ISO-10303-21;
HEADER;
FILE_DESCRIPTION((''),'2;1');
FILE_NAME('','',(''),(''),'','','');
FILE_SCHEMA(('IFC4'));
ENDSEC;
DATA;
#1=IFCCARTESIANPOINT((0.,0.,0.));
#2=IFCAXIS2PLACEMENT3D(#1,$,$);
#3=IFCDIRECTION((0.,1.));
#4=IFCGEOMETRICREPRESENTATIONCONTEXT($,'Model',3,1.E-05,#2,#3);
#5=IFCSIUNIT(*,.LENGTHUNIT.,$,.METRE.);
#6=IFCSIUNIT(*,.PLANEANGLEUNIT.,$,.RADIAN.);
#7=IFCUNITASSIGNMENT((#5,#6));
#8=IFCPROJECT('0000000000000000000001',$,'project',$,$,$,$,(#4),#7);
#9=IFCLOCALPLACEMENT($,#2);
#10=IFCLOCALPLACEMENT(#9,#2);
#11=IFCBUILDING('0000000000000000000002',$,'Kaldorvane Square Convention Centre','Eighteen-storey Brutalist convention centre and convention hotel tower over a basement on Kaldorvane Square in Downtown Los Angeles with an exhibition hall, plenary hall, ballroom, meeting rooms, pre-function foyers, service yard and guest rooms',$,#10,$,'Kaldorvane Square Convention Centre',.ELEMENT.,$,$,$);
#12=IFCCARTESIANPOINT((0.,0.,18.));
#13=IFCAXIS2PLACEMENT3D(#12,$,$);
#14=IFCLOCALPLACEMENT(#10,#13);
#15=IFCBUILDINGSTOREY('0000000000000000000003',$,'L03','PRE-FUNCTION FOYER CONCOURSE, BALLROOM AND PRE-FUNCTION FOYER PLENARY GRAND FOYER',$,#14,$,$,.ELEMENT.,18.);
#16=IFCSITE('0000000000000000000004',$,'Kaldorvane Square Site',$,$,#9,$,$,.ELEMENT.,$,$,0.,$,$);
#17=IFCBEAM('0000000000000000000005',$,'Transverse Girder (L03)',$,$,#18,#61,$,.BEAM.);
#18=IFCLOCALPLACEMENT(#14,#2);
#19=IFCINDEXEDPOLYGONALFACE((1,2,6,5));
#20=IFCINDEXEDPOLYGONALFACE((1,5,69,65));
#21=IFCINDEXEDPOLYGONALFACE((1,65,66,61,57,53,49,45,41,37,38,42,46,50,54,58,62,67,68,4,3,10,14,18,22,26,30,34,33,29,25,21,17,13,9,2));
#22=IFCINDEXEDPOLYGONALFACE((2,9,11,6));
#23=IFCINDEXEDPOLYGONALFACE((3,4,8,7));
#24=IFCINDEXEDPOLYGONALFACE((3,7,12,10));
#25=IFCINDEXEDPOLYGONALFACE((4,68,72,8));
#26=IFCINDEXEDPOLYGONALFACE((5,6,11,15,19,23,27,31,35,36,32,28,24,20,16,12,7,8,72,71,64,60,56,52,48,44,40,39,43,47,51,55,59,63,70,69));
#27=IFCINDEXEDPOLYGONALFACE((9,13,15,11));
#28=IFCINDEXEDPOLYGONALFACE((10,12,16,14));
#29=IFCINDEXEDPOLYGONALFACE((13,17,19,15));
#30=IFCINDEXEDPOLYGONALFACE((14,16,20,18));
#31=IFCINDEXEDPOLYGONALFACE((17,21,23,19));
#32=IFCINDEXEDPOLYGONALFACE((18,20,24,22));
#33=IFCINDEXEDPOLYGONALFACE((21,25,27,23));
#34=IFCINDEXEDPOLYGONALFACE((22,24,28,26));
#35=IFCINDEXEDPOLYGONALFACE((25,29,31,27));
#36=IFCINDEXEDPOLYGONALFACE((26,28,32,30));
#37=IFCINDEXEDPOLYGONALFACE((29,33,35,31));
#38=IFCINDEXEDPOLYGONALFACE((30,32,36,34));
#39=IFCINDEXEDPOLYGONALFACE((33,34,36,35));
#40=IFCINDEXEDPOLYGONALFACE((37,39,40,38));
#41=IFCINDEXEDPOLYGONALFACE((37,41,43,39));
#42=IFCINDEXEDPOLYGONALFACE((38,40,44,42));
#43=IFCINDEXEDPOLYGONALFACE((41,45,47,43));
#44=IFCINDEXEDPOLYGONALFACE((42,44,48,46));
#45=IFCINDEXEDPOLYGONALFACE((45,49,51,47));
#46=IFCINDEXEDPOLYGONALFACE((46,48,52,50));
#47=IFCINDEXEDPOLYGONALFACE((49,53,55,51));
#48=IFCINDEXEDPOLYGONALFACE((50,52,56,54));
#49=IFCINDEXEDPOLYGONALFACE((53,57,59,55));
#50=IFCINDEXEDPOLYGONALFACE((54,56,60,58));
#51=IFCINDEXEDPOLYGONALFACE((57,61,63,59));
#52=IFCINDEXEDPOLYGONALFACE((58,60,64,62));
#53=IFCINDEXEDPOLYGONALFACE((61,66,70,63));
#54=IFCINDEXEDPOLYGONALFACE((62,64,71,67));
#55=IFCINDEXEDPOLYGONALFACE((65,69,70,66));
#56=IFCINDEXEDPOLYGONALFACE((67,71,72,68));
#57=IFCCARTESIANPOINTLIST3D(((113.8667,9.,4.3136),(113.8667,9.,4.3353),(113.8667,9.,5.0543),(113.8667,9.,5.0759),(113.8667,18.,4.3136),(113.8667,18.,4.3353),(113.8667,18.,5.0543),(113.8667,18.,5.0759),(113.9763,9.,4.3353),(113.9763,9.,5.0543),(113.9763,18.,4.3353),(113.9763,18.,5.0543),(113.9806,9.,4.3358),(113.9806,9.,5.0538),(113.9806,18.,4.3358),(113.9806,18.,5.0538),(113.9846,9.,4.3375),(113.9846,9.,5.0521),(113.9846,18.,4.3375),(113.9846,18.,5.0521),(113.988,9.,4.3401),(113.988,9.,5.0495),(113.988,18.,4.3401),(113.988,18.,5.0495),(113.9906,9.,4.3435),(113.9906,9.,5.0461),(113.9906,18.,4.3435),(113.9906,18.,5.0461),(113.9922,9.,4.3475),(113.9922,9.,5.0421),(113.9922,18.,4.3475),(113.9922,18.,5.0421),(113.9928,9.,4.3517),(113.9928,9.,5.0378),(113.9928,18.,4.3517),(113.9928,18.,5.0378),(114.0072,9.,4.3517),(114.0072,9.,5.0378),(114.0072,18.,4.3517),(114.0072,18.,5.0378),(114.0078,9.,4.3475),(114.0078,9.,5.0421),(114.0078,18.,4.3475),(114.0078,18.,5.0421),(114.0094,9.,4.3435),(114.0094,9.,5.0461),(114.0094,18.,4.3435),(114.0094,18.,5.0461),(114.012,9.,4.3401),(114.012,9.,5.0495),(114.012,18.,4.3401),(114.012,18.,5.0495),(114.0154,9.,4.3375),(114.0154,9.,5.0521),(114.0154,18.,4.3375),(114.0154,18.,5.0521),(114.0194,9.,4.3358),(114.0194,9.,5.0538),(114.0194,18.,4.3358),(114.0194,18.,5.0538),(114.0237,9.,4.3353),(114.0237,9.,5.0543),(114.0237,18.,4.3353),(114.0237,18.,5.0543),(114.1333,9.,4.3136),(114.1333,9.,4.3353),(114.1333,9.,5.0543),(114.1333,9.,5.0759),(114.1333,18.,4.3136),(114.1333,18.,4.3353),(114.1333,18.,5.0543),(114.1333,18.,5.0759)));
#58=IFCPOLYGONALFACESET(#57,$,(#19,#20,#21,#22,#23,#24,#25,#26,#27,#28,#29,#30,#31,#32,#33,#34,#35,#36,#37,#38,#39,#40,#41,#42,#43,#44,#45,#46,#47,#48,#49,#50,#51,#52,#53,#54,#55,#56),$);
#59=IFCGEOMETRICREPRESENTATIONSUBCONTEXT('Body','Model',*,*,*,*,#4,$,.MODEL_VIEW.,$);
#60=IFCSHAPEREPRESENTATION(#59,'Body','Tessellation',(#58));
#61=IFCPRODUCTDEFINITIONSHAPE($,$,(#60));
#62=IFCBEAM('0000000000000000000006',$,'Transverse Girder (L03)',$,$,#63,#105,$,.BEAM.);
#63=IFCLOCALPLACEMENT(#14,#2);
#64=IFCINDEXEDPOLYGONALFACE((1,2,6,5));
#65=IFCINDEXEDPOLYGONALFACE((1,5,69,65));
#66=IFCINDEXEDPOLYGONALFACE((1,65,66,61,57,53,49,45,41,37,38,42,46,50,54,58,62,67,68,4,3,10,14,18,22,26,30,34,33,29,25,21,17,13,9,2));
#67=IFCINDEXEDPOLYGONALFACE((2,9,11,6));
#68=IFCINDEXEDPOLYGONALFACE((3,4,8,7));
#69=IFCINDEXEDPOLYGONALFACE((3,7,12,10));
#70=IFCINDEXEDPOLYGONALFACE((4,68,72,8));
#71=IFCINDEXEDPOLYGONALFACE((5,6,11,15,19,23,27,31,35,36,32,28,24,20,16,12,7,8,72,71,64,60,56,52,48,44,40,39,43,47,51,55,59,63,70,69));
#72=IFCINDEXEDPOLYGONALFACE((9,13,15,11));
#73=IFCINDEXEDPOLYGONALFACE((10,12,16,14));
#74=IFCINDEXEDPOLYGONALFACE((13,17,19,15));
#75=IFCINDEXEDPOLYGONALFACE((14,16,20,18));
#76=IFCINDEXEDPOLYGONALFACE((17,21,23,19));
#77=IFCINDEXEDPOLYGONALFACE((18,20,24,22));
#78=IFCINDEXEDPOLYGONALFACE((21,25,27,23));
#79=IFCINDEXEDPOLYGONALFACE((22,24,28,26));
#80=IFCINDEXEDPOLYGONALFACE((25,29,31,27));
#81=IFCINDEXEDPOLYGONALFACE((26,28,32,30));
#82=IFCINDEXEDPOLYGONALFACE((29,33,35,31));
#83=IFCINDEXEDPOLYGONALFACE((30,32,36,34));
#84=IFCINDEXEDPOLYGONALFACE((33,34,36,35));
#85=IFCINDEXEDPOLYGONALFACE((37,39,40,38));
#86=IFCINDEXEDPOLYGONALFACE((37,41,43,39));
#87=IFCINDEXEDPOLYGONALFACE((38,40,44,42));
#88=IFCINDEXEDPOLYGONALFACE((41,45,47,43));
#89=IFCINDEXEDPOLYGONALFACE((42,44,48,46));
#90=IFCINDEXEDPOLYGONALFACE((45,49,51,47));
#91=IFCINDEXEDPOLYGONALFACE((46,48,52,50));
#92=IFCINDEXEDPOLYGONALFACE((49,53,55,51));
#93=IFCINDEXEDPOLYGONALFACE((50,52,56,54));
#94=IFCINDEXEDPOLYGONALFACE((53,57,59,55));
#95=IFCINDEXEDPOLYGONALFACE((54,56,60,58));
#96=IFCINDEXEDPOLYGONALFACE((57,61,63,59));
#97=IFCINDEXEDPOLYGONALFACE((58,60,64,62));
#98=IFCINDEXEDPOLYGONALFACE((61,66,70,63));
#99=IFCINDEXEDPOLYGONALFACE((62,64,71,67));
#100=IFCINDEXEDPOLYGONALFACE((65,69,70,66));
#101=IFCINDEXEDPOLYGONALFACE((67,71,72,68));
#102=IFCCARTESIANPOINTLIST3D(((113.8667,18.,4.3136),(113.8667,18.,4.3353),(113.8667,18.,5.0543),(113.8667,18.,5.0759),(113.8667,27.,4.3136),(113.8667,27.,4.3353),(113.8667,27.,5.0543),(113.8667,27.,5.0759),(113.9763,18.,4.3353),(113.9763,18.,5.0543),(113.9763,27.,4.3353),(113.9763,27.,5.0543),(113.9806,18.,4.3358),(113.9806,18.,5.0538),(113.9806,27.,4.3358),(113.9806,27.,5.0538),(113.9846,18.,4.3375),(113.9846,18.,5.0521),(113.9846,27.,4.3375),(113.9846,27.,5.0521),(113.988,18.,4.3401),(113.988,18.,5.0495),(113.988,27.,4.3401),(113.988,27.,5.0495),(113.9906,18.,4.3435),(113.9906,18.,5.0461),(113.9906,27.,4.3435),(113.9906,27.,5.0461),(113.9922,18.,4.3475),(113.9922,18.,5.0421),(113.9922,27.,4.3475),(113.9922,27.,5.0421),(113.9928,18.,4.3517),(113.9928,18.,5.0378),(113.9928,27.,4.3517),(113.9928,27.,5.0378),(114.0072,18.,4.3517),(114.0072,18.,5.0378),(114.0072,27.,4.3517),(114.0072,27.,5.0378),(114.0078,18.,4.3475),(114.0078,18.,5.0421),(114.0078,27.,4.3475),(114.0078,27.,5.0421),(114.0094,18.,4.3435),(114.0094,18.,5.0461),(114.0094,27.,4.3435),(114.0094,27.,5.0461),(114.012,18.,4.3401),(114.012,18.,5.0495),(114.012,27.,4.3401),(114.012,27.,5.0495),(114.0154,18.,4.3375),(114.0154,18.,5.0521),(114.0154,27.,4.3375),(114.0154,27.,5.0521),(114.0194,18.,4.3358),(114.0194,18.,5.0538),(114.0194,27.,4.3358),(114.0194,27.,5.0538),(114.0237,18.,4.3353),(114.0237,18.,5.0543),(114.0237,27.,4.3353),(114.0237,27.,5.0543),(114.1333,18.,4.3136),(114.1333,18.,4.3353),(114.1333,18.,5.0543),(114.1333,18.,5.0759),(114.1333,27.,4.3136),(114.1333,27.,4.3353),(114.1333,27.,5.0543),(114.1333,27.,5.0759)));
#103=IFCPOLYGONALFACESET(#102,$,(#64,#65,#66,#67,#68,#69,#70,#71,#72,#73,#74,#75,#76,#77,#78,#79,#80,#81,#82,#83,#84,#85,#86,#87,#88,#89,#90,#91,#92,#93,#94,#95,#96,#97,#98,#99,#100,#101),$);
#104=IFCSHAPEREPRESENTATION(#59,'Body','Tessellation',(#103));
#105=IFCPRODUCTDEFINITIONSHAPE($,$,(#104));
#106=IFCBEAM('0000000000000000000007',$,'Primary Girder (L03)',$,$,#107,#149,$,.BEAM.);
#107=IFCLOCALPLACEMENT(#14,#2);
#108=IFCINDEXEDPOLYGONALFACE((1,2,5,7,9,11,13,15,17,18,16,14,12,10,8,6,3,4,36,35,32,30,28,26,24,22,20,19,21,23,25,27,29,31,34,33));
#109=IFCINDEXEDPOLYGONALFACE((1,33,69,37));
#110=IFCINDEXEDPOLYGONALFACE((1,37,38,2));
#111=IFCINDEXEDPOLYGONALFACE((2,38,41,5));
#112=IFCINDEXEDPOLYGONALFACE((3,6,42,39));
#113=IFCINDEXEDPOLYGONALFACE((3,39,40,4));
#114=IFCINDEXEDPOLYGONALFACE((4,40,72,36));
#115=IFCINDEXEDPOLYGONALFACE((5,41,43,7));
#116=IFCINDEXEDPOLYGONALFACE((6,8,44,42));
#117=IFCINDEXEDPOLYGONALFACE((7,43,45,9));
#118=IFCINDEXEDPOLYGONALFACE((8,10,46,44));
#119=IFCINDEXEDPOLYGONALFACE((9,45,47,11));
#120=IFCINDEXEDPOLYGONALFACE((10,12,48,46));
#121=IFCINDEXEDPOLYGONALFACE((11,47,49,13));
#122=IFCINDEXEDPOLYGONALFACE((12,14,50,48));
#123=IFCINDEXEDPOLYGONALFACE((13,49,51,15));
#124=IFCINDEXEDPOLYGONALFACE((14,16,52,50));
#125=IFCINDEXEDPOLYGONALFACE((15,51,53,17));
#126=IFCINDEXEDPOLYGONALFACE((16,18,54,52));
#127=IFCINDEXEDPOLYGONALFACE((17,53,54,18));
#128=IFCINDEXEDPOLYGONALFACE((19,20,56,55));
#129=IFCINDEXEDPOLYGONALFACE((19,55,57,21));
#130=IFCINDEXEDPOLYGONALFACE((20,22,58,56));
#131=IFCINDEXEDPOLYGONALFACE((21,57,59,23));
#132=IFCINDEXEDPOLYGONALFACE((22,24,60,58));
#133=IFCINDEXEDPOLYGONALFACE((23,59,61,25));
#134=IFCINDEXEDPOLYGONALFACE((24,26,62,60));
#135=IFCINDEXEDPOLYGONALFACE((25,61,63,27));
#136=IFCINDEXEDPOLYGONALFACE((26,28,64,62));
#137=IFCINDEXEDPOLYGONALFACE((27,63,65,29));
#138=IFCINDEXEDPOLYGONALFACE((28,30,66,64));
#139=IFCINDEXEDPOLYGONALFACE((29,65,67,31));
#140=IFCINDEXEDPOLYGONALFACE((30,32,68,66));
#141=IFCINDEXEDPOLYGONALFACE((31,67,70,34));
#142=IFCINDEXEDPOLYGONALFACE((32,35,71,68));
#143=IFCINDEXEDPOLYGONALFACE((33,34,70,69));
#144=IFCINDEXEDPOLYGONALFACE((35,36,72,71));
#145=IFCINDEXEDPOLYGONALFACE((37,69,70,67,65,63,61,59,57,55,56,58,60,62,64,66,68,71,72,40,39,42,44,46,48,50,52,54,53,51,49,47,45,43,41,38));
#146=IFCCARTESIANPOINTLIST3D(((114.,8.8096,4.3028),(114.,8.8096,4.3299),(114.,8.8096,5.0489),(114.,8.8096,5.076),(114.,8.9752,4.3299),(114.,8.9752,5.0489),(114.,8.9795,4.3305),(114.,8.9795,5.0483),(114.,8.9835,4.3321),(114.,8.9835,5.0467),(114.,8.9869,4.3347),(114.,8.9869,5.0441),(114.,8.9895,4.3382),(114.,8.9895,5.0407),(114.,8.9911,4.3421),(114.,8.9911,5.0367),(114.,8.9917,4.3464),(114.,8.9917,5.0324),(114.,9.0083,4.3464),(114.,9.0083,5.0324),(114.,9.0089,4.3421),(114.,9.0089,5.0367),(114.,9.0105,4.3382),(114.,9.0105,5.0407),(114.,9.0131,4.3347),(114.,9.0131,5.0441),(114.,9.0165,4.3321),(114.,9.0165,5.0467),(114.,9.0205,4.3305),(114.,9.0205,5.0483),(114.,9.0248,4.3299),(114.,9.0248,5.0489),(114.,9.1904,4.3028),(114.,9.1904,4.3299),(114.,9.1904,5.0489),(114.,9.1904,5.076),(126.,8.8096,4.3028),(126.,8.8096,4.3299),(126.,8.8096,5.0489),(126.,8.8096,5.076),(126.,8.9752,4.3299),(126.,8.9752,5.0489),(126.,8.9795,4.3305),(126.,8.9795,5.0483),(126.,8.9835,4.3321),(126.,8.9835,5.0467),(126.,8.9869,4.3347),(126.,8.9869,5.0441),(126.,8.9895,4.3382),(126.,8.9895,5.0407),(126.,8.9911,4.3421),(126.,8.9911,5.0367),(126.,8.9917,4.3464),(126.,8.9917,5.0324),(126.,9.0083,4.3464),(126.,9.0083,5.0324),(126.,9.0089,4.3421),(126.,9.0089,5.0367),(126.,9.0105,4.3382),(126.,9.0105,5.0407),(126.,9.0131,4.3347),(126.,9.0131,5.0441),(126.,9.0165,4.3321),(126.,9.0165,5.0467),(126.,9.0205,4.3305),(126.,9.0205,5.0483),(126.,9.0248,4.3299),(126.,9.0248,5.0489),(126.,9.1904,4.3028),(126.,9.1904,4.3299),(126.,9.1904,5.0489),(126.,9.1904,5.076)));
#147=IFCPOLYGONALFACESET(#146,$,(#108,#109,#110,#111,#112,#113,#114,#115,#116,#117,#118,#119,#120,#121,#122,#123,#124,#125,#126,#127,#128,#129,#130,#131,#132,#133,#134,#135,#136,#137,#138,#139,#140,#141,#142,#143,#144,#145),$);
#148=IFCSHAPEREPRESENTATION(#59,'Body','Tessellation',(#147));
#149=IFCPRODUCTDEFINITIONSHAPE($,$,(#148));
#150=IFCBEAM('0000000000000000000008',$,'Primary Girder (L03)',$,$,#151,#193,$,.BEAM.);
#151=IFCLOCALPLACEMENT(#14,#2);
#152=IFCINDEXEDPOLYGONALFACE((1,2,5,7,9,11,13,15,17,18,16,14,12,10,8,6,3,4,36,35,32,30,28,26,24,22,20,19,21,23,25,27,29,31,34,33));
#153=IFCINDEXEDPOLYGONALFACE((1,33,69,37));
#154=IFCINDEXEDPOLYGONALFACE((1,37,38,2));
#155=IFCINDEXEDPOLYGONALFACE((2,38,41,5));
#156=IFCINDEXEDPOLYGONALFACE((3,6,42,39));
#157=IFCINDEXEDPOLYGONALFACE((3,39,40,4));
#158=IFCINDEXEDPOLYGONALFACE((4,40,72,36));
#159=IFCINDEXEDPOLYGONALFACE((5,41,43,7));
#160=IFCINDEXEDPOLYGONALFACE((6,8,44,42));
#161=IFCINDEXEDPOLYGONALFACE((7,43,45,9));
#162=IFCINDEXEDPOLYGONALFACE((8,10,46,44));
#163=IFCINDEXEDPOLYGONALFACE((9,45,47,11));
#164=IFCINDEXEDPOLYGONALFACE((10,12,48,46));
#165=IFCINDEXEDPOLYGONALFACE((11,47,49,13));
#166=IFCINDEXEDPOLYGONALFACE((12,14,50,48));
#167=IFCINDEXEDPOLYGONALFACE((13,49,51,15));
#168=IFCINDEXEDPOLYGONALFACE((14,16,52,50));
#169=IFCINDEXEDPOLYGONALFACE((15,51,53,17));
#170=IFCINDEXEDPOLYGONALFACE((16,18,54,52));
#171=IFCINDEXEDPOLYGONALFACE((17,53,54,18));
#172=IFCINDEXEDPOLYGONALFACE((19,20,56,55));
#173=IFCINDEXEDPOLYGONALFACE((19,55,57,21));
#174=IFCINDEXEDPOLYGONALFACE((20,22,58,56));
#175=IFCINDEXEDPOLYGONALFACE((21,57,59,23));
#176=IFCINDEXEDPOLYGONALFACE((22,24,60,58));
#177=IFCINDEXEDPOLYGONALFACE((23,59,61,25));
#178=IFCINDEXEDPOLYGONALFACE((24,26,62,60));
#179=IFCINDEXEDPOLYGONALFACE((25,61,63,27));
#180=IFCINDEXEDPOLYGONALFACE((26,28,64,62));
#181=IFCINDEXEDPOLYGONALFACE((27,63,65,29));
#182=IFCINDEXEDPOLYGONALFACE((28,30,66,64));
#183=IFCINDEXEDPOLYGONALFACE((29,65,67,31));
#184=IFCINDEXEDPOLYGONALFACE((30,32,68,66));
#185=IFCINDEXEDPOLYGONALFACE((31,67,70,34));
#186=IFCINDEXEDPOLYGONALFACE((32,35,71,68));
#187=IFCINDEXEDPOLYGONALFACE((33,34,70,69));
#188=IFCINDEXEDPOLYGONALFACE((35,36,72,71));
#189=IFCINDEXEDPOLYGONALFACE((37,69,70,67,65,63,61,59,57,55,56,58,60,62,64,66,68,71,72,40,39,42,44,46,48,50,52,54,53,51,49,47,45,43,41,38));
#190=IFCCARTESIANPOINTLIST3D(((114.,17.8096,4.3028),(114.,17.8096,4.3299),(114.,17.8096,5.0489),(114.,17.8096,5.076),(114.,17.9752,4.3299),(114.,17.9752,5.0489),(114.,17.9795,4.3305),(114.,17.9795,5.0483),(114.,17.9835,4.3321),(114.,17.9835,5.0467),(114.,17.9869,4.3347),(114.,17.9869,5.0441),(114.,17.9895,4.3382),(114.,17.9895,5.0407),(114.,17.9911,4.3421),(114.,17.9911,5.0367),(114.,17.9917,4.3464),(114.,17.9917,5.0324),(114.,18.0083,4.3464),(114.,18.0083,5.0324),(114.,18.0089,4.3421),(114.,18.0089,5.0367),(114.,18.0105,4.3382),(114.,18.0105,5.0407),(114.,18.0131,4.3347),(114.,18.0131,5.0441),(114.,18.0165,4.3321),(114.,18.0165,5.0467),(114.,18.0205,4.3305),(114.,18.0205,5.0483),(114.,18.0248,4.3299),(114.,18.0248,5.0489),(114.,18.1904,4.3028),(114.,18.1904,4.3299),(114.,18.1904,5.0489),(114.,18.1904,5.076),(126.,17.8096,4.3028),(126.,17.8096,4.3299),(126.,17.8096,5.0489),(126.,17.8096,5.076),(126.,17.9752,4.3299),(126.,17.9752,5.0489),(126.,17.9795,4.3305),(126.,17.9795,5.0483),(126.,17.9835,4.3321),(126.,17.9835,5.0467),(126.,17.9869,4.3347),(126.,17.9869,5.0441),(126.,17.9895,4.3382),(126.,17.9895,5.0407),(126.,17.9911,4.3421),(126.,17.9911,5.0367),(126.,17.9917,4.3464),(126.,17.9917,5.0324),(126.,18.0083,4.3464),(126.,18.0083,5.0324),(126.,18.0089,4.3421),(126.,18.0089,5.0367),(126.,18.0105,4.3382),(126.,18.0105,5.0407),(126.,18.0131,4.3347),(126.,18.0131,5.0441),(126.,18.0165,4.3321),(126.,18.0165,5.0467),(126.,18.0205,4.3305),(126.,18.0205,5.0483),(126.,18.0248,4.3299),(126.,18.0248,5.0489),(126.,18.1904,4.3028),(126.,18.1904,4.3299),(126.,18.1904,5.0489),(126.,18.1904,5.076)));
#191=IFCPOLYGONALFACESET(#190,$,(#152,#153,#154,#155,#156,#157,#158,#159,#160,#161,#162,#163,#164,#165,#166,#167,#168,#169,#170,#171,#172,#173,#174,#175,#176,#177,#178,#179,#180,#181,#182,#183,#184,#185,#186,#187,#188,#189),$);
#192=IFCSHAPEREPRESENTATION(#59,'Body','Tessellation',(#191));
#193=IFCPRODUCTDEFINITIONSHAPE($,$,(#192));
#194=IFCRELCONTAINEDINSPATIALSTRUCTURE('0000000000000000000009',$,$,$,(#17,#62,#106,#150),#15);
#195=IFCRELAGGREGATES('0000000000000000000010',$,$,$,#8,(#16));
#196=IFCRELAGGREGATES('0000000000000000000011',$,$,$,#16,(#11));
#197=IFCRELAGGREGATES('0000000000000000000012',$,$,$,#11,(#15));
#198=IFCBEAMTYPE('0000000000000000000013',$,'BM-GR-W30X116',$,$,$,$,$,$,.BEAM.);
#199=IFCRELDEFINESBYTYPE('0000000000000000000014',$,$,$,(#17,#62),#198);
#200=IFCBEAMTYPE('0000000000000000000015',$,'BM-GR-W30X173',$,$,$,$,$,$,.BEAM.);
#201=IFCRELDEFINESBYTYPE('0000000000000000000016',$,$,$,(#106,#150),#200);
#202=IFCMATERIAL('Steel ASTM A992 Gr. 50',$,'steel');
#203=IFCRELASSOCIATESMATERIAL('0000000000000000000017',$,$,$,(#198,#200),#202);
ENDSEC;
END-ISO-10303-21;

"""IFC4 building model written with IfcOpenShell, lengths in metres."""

from ifc_helpers import new_model, si_unit, direction, frame, origin, origin_2d, place, context, subcontext, project, spatial, i_section, extrude, material, material_profile, profile_set, type_object, element, save


model = new_model("IFC4")

# Units and contexts
model_context = context("Model", 3, precision=1e-05, world=origin(), true_north=direction((0.0, 1.0)))
body_context = subcontext(model_context, "Body", "Model", "MODEL_VIEW")
ifc_project = project(units=[si_unit("LENGTHUNIT", "METRE"), si_unit("PLANEANGLEUNIT", "RADIAN")], contexts=[model_context])

# Site, building, storey
site_placement = place(None, origin())
site = spatial("IfcSite", under=ifc_project, at=site_placement, Name="Kaldorvane Square Site", CompositionType="ELEMENT", RefElevation=0.0)
building_placement = place(site_placement, origin())
building = spatial("IfcBuilding", under=site, at=building_placement, Name="Kaldorvane Square Convention Centre", Description="Eighteen-storey Brutalist convention centre and convention hotel tower over a basement on Kaldorvane Square in Downtown Los Angeles with an exhibition hall, plenary hall, ballroom, meeting rooms, pre-function foyers, service yard and guest rooms", LongName="Kaldorvane Square Convention Centre", CompositionType="ELEMENT")
storey_placement = place(building_placement, frame((0.0, 0.0, 18.0)))
storey = spatial("IfcBuildingStorey", under=building, at=storey_placement, Name="L03", Description="PRE-FUNCTION FOYER CONCOURSE, BALLROOM AND PRE-FUNCTION FOYER PLENARY GRAND FOYER", CompositionType="ELEMENT", Elevation=18.0)

# Shared definitions
ifc_material_1 = material(Name="Steel ASTM A992 Gr. 50", Category="steel")

# Beams
ifc_material_profile_1 = material_profile(ifc_material_1, i_section(OverallWidth=0.2666, OverallDepth=0.7623, WebThickness=0.0144, FlangeThickness=0.0216, FilletRadius=0.0165, at=origin_2d()), Name="W30X116")
ifc_profile_set_1 = profile_set([ifc_material_profile_1], Name="Steel ASTM A992 Gr. 50")
beam_type_1 = type_object("IfcBeamType", Name="BM-GR-W30X116", PredefinedType="BEAM", material=ifc_profile_set_1)
for number, where, z_axis, x_axis, name in (
    (1, (114.0, 9.0, 4.6948), (0.0, 1.0, 0.0), (-1.0, 0.0, 0.0), "Transverse Girder (L03)"),
    (2, (114.0, 18.0, 4.6948), (0.0, 1.0, 0.0), (-1.0, 0.0, 0.0), "Transverse Girder (L03)"),
):
    element("IfcBeam", number, at=place(storey_placement, frame(where, z_axis=z_axis, x_axis=x_axis)), inside=storey, type_object=beam_type_1, Name=name, PredefinedType="BEAM", context=body_context, shape_type="SweptSolid", body=[
        extrude(i_section(OverallWidth=0.2666, OverallDepth=0.7623, WebThickness=0.0144, FlangeThickness=0.0216, FilletRadius=0.0165, at=origin_2d()), origin(), (0.0, 0.0, 1.0), 9.0),
    ])
ifc_material_profile_2 = material_profile(ifc_material_1, i_section(OverallWidth=0.3807, OverallDepth=0.7732, WebThickness=0.0166, FlangeThickness=0.0271, FilletRadius=0.0165, at=origin_2d()), Name="W30X173")
ifc_profile_set_2 = profile_set([ifc_material_profile_2], Name="Steel ASTM A992 Gr. 50")
beam_type_2 = type_object("IfcBeamType", Name="BM-GR-W30X173", PredefinedType="BEAM", material=ifc_profile_set_2)
for number, where, z_axis, x_axis, name in (
    (3, (114.0, 9.0, 4.6894), (1.0, 0.0, 0.0), (0.0, 1.0, 0.0), "Primary Girder (L03)"),
    (4, (114.0, 18.0, 4.6894), (1.0, 0.0, 0.0), (0.0, 1.0, 0.0), "Primary Girder (L03)"),
):
    element("IfcBeam", number, at=place(storey_placement, frame(where, z_axis=z_axis, x_axis=x_axis)), inside=storey, type_object=beam_type_2, Name=name, PredefinedType="BEAM", context=body_context, shape_type="SweptSolid", body=[
        extrude(i_section(OverallWidth=0.3807, OverallDepth=0.7732, WebThickness=0.0166, FlangeThickness=0.0271, FilletRadius=0.0165, at=origin_2d()), origin(), (0.0, 0.0, 1.0), 12.0),
    ])

save(model, "model.ifc")
